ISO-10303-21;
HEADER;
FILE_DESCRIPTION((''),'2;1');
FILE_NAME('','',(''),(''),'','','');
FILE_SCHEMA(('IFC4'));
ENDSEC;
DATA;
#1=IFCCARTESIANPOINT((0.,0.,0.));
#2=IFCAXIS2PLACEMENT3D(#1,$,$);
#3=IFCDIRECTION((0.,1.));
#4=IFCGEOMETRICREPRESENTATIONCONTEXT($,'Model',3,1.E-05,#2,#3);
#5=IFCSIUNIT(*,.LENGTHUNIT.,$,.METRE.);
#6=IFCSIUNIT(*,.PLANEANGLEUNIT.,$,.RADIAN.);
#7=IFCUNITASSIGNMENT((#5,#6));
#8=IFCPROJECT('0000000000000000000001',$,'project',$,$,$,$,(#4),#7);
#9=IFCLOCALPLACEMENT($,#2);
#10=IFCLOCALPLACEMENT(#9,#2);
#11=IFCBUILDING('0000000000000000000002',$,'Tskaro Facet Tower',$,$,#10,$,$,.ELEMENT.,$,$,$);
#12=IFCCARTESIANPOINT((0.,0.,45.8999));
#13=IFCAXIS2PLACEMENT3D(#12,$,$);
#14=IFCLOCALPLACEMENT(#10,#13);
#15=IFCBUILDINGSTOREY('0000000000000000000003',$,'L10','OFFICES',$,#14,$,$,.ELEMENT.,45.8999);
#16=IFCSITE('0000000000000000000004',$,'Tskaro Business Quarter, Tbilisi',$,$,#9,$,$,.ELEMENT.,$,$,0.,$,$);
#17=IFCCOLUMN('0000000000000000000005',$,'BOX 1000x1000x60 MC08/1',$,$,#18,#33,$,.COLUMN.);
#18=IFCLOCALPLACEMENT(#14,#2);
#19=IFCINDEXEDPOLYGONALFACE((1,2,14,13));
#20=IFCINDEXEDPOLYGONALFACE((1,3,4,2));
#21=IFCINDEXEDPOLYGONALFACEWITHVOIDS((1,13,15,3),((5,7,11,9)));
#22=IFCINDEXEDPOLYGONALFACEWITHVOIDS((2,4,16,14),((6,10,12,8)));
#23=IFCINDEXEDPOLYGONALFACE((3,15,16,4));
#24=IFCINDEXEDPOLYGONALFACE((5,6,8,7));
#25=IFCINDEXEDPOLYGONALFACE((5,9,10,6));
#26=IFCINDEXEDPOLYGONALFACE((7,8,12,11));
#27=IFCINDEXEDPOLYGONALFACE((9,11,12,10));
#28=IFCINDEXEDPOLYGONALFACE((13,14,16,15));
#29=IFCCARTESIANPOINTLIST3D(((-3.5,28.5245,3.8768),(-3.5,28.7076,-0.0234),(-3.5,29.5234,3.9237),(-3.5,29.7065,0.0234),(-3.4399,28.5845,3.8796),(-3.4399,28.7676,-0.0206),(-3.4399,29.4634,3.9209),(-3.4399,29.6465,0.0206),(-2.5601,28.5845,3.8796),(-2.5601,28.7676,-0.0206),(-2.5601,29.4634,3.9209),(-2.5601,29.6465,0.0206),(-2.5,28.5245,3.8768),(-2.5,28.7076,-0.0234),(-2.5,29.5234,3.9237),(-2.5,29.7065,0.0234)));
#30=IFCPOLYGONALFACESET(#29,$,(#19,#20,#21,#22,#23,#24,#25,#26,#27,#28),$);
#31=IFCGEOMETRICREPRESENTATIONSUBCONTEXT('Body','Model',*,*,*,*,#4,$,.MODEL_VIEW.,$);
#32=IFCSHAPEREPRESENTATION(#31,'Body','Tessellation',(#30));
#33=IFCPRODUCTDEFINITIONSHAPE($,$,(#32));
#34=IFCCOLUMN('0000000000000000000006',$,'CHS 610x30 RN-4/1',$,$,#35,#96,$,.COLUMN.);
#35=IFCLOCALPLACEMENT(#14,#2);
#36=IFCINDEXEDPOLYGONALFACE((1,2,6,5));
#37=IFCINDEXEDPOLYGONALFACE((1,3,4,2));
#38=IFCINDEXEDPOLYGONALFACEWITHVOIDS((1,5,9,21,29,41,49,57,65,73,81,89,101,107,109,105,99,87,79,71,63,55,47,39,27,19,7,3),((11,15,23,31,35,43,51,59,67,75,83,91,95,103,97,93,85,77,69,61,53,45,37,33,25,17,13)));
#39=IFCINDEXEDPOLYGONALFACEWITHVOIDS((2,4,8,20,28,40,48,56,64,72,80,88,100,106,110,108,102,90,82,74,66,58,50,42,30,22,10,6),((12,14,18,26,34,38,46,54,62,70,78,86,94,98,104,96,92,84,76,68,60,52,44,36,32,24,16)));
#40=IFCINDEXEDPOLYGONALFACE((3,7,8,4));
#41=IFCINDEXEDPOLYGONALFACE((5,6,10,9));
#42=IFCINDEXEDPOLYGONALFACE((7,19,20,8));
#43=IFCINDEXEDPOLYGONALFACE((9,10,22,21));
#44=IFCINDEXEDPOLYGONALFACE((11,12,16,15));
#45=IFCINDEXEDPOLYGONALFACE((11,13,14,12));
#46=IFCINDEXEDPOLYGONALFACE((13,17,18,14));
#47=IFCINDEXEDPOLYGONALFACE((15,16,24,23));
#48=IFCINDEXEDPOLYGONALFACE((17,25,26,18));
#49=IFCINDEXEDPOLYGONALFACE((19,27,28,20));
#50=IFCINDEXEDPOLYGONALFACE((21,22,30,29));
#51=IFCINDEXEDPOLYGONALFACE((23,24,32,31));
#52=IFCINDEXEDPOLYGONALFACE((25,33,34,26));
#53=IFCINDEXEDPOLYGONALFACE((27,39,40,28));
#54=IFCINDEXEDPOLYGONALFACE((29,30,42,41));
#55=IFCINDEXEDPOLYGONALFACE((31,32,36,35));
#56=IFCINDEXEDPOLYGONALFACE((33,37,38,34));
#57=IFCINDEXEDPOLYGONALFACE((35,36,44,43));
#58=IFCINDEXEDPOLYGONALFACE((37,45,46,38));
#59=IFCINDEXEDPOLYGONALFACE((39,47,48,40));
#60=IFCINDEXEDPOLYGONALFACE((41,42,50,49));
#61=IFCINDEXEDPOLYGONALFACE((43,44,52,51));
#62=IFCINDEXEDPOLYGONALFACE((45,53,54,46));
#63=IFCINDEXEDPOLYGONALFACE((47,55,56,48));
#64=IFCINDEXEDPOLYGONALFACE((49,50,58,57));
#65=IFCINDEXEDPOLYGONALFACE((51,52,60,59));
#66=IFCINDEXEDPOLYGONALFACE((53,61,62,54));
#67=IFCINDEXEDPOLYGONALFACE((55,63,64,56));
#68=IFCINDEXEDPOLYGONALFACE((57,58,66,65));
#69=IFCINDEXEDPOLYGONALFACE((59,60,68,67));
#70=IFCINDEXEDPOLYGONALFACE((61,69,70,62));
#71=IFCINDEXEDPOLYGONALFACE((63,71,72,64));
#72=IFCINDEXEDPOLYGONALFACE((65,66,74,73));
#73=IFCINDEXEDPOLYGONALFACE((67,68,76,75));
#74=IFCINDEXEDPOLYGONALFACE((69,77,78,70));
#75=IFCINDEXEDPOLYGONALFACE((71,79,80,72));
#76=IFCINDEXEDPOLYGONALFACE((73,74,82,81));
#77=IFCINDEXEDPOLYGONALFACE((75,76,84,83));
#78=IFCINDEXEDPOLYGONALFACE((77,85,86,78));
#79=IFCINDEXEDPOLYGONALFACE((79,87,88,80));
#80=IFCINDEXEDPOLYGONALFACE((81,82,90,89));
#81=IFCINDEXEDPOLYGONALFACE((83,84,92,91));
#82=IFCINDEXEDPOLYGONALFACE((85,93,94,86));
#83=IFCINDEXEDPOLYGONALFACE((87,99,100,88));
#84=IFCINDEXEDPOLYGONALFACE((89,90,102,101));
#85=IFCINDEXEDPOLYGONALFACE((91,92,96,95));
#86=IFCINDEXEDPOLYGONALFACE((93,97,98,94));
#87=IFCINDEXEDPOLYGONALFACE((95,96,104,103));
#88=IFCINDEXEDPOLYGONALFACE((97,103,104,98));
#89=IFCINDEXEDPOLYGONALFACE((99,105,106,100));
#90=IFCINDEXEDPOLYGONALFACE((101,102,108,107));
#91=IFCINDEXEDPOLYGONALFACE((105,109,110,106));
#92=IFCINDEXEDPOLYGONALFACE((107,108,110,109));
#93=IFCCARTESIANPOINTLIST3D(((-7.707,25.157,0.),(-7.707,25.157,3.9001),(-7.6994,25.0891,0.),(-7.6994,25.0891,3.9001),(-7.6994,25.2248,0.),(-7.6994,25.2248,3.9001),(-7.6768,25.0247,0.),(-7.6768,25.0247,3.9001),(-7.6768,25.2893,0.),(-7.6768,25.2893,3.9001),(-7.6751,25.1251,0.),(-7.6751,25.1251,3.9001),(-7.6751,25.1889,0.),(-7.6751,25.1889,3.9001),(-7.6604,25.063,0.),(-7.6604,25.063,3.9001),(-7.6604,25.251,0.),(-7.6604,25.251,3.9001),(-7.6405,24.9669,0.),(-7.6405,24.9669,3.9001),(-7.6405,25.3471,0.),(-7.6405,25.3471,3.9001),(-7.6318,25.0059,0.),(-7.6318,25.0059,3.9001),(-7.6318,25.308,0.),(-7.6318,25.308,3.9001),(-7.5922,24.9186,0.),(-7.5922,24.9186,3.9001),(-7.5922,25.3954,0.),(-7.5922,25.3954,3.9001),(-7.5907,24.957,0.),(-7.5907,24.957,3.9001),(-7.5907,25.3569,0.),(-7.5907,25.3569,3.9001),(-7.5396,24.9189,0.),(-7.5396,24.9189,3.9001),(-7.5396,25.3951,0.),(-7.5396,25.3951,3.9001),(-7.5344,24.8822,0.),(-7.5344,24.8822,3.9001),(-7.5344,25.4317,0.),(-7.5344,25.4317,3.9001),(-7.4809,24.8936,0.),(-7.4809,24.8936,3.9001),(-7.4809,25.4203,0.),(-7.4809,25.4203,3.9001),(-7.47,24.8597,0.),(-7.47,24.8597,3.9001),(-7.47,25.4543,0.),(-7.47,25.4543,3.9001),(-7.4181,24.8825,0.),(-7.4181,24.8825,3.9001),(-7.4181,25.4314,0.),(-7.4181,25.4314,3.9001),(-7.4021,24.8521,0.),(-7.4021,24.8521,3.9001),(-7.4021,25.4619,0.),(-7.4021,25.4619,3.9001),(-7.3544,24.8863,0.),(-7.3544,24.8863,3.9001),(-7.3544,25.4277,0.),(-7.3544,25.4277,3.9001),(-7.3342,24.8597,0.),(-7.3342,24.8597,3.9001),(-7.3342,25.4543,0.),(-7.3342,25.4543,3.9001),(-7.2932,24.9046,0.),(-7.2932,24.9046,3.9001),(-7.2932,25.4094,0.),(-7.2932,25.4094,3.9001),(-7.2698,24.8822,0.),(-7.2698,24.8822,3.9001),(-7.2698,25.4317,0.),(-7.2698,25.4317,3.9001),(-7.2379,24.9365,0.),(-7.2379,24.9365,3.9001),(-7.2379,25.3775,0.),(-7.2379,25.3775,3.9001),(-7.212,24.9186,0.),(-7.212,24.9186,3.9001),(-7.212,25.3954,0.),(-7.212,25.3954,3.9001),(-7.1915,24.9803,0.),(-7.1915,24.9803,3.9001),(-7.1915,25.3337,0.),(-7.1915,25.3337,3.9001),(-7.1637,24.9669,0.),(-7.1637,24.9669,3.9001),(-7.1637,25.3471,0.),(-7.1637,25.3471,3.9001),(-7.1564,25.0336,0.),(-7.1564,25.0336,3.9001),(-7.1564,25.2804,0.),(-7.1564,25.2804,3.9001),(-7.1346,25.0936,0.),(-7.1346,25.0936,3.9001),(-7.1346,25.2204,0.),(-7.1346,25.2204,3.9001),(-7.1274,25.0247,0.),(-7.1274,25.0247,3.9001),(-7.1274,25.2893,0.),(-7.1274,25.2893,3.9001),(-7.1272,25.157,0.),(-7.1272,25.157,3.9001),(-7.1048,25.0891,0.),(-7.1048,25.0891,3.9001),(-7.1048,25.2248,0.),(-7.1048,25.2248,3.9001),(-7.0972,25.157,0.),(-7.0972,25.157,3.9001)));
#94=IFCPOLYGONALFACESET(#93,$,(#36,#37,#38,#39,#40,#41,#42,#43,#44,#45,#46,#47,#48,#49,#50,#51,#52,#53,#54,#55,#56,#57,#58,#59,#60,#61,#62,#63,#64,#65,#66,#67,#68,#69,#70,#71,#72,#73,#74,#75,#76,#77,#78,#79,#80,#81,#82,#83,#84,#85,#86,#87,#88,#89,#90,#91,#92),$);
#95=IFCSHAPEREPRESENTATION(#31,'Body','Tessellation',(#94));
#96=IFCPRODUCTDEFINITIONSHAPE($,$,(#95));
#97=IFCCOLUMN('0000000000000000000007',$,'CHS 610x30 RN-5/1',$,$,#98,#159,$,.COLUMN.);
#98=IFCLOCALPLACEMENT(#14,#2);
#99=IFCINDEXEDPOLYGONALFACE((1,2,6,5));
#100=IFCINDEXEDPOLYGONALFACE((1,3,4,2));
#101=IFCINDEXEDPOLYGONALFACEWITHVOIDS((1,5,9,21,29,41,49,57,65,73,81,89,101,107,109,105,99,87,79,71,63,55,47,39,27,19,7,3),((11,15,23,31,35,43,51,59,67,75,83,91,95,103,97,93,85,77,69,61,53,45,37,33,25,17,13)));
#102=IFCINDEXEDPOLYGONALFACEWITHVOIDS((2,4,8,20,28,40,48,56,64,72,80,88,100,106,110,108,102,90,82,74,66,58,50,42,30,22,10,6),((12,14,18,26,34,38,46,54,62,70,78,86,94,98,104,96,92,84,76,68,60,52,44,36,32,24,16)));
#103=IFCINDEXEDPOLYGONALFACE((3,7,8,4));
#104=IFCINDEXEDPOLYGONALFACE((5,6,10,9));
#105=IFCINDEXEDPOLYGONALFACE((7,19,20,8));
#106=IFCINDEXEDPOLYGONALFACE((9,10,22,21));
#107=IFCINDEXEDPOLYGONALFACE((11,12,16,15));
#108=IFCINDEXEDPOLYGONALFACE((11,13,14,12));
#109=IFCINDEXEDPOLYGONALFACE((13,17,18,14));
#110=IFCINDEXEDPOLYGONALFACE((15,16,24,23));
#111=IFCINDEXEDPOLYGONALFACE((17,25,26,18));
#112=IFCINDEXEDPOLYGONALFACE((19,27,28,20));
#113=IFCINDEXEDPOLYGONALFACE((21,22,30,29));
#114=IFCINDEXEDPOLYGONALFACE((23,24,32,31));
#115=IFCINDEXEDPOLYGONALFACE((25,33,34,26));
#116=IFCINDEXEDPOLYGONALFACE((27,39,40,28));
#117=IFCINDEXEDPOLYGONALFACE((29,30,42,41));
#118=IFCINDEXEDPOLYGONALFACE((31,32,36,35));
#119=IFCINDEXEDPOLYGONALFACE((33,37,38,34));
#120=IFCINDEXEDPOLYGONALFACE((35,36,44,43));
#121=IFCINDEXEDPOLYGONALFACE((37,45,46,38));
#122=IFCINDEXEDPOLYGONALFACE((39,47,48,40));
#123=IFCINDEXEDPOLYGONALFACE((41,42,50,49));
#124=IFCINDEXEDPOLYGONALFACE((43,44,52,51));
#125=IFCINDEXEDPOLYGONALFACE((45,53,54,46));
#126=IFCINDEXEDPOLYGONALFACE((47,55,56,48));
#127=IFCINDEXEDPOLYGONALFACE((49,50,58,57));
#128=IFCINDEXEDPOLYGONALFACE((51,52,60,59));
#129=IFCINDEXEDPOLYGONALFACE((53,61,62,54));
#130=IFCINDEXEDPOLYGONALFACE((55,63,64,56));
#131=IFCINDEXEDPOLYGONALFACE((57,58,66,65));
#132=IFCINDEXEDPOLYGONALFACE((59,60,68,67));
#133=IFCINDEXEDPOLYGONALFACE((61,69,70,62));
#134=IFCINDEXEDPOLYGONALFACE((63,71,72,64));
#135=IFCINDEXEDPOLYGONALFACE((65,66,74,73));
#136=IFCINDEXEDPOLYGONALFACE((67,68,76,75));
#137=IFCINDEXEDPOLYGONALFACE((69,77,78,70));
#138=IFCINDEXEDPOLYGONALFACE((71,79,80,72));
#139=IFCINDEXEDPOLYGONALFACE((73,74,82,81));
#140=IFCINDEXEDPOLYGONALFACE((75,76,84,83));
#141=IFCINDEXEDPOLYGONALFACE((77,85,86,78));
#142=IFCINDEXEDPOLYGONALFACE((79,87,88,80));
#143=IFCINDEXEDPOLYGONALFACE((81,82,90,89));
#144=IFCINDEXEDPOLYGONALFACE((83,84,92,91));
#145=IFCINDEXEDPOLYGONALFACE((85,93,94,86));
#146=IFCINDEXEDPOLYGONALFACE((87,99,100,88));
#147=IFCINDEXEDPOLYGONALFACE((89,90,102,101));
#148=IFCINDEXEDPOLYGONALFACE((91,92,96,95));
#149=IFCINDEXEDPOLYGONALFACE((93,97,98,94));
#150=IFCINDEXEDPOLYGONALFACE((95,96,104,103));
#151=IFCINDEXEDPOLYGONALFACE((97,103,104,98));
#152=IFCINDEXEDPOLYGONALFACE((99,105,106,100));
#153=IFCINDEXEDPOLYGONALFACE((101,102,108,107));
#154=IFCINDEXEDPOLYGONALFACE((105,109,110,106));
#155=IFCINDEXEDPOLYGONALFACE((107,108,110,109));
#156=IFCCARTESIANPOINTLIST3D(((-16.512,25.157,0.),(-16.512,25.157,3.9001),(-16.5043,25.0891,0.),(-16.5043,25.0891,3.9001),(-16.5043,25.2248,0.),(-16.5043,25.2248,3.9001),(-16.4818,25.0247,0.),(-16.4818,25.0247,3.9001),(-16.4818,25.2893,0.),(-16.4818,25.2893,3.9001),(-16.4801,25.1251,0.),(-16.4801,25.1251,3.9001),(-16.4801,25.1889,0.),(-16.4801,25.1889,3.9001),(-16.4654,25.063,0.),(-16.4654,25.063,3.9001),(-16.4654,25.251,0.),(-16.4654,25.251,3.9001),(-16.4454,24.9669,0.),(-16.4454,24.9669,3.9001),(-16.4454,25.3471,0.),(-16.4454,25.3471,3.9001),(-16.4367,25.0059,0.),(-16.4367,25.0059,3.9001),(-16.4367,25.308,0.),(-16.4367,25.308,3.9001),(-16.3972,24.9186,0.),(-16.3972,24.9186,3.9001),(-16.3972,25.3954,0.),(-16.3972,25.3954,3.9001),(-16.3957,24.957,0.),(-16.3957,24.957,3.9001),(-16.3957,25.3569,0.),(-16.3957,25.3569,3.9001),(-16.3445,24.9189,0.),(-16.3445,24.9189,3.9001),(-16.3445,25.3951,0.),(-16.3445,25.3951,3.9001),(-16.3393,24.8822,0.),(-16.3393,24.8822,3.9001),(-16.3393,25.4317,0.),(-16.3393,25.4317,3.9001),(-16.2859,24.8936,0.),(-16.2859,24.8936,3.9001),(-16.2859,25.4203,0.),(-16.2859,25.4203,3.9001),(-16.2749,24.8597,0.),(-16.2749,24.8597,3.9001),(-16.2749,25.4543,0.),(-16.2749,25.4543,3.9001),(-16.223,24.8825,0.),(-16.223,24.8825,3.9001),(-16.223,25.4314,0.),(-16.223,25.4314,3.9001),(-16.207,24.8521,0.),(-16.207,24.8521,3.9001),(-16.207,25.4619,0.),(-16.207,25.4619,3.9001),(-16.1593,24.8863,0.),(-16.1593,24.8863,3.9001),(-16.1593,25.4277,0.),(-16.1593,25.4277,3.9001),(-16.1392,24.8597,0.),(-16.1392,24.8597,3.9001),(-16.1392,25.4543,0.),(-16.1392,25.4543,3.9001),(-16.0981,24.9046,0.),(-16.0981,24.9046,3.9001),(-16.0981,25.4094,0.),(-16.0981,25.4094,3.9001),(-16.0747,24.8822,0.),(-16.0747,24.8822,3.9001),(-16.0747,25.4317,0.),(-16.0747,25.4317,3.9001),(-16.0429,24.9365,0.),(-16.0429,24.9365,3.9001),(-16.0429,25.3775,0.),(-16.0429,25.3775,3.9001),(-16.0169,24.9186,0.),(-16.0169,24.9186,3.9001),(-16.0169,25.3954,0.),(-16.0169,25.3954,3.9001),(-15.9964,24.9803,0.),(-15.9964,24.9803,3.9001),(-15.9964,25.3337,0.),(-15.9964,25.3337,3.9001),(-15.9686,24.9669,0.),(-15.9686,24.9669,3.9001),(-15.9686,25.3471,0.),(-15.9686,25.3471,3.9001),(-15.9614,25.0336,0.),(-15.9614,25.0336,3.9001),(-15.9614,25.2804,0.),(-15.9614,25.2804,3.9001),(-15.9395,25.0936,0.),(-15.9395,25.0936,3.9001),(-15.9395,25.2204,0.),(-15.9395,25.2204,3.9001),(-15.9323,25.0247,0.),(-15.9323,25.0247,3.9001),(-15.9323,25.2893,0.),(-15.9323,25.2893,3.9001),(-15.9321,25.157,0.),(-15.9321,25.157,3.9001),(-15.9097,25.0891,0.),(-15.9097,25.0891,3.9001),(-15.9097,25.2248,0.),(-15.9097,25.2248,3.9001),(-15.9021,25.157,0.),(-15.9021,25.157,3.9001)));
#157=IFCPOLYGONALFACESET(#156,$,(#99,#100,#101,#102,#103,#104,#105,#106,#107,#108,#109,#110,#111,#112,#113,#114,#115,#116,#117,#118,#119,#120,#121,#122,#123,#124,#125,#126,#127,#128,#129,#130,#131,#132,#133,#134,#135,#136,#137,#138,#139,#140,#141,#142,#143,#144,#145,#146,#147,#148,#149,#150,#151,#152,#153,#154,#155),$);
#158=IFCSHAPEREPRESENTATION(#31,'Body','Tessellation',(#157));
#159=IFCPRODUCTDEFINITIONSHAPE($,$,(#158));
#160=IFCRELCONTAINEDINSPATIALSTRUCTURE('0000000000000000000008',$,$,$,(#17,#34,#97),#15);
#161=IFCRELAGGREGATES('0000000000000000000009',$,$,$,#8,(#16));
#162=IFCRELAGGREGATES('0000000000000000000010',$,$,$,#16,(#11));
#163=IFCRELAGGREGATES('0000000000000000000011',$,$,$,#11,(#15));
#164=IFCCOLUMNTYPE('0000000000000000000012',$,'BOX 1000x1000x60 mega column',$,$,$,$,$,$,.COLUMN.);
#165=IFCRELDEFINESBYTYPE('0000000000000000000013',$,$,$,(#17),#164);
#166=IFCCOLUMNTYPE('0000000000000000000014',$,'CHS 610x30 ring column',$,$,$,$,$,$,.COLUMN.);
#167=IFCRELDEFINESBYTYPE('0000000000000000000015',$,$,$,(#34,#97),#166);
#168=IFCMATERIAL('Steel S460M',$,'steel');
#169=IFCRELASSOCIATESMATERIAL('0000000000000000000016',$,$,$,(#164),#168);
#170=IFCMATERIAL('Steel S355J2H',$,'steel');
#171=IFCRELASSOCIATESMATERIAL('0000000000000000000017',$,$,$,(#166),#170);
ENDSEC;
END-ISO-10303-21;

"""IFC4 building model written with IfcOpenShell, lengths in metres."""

from ifc_helpers import new_model, si_unit, direction, frame, origin, origin_2d, place, context, subcontext, project, spatial, hollow_rectangle, hollow_circle, extrude, material, material_profile, profile_set, type_object, element, save


model = new_model("IFC4")

# Units and contexts
model_context = context("Model", 3, precision=1e-05, world=origin(), true_north=direction((0.0, 1.0)))
body_context = subcontext(model_context, "Body", "Model", "MODEL_VIEW")
ifc_project = project(units=[si_unit("LENGTHUNIT", "METRE"), si_unit("PLANEANGLEUNIT", "RADIAN")], contexts=[model_context])

# Site, building, storey
site_placement = place(None, origin())
site = spatial("IfcSite", under=ifc_project, at=site_placement, Name="Tskaro Business Quarter, Tbilisi", CompositionType="ELEMENT", RefElevation=0.0)
building_placement = place(site_placement, origin())
building = spatial("IfcBuilding", under=site, at=building_placement, Name="Tskaro Facet Tower", CompositionType="ELEMENT")
storey_placement = place(building_placement, frame((0.0, 0.0, 45.8999)))
storey = spatial("IfcBuildingStorey", under=building, at=storey_placement, Name="L10", Description="OFFICES", CompositionType="ELEMENT", Elevation=45.8999)

# Columns
ifc_material_1 = material(Name="Steel S460M", Category="steel")
ifc_material_profile_1 = material_profile(ifc_material_1, hollow_rectangle(XDim=1.0, YDim=1.0, WallThickness=0.0601, at=origin_2d()), Name="BOX 1000x1000x60")
ifc_profile_set_1 = profile_set([ifc_material_profile_1], Name="Steel S460M")
column_type_1 = type_object("IfcColumnType", Name="BOX 1000x1000x60 mega column", PredefinedType="COLUMN", material=ifc_profile_set_1)
column_placement = place(storey_placement, frame((-3.0, 29.207, 0.0), z_axis=(0.0, -0.046897, 0.9989), x_axis=(1.0, 0.0, 0.0)))
element("IfcColumn", 1, at=column_placement, inside=storey, type_object=column_type_1, Name="BOX 1000x1000x60 MC08/1", PredefinedType="COLUMN", context=body_context, shape_type="SweptSolid", body=[
    extrude(hollow_rectangle(XDim=1.0, YDim=1.0, WallThickness=0.0601, at=origin_2d()), origin(), (0.0, 0.0, 1.0), 3.9045),
])
ifc_material_2 = material(Name="Steel S355J2H", Category="steel")
ifc_material_profile_2 = material_profile(ifc_material_2, hollow_circle(Radius=0.3049, WallThickness=0.03, at=origin_2d()), Name="CHS 610x30")
ifc_profile_set_2 = profile_set([ifc_material_profile_2], Name="Steel S355J2H")
column_type_2 = type_object("IfcColumnType", Name="CHS 610x30 ring column", PredefinedType="COLUMN", material=ifc_profile_set_2)
for number, where, z_axis, x_axis, name in (
    (2, (-7.4021, 25.157, 0.0), (0.0, 0.0, 1.0), (1.0, 0.0, 0.0), "CHS 610x30 RN-4/1"),
    (3, (-16.207, 25.157, 0.0), (0.0, 0.0, 1.0), (1.0, 0.0, 0.0), "CHS 610x30 RN-5/1"),
):
    element("IfcColumn", number, at=place(storey_placement, frame(where, z_axis=z_axis, x_axis=x_axis)), inside=storey, type_object=column_type_2, Name=name, PredefinedType="COLUMN", context=body_context, shape_type="SweptSolid", body=[
        extrude(hollow_circle(Radius=0.3049, WallThickness=0.03, at=origin_2d()), origin(), (0.0, 0.0, 1.0), 3.9001),
    ])

save(model, "model.ifc")
